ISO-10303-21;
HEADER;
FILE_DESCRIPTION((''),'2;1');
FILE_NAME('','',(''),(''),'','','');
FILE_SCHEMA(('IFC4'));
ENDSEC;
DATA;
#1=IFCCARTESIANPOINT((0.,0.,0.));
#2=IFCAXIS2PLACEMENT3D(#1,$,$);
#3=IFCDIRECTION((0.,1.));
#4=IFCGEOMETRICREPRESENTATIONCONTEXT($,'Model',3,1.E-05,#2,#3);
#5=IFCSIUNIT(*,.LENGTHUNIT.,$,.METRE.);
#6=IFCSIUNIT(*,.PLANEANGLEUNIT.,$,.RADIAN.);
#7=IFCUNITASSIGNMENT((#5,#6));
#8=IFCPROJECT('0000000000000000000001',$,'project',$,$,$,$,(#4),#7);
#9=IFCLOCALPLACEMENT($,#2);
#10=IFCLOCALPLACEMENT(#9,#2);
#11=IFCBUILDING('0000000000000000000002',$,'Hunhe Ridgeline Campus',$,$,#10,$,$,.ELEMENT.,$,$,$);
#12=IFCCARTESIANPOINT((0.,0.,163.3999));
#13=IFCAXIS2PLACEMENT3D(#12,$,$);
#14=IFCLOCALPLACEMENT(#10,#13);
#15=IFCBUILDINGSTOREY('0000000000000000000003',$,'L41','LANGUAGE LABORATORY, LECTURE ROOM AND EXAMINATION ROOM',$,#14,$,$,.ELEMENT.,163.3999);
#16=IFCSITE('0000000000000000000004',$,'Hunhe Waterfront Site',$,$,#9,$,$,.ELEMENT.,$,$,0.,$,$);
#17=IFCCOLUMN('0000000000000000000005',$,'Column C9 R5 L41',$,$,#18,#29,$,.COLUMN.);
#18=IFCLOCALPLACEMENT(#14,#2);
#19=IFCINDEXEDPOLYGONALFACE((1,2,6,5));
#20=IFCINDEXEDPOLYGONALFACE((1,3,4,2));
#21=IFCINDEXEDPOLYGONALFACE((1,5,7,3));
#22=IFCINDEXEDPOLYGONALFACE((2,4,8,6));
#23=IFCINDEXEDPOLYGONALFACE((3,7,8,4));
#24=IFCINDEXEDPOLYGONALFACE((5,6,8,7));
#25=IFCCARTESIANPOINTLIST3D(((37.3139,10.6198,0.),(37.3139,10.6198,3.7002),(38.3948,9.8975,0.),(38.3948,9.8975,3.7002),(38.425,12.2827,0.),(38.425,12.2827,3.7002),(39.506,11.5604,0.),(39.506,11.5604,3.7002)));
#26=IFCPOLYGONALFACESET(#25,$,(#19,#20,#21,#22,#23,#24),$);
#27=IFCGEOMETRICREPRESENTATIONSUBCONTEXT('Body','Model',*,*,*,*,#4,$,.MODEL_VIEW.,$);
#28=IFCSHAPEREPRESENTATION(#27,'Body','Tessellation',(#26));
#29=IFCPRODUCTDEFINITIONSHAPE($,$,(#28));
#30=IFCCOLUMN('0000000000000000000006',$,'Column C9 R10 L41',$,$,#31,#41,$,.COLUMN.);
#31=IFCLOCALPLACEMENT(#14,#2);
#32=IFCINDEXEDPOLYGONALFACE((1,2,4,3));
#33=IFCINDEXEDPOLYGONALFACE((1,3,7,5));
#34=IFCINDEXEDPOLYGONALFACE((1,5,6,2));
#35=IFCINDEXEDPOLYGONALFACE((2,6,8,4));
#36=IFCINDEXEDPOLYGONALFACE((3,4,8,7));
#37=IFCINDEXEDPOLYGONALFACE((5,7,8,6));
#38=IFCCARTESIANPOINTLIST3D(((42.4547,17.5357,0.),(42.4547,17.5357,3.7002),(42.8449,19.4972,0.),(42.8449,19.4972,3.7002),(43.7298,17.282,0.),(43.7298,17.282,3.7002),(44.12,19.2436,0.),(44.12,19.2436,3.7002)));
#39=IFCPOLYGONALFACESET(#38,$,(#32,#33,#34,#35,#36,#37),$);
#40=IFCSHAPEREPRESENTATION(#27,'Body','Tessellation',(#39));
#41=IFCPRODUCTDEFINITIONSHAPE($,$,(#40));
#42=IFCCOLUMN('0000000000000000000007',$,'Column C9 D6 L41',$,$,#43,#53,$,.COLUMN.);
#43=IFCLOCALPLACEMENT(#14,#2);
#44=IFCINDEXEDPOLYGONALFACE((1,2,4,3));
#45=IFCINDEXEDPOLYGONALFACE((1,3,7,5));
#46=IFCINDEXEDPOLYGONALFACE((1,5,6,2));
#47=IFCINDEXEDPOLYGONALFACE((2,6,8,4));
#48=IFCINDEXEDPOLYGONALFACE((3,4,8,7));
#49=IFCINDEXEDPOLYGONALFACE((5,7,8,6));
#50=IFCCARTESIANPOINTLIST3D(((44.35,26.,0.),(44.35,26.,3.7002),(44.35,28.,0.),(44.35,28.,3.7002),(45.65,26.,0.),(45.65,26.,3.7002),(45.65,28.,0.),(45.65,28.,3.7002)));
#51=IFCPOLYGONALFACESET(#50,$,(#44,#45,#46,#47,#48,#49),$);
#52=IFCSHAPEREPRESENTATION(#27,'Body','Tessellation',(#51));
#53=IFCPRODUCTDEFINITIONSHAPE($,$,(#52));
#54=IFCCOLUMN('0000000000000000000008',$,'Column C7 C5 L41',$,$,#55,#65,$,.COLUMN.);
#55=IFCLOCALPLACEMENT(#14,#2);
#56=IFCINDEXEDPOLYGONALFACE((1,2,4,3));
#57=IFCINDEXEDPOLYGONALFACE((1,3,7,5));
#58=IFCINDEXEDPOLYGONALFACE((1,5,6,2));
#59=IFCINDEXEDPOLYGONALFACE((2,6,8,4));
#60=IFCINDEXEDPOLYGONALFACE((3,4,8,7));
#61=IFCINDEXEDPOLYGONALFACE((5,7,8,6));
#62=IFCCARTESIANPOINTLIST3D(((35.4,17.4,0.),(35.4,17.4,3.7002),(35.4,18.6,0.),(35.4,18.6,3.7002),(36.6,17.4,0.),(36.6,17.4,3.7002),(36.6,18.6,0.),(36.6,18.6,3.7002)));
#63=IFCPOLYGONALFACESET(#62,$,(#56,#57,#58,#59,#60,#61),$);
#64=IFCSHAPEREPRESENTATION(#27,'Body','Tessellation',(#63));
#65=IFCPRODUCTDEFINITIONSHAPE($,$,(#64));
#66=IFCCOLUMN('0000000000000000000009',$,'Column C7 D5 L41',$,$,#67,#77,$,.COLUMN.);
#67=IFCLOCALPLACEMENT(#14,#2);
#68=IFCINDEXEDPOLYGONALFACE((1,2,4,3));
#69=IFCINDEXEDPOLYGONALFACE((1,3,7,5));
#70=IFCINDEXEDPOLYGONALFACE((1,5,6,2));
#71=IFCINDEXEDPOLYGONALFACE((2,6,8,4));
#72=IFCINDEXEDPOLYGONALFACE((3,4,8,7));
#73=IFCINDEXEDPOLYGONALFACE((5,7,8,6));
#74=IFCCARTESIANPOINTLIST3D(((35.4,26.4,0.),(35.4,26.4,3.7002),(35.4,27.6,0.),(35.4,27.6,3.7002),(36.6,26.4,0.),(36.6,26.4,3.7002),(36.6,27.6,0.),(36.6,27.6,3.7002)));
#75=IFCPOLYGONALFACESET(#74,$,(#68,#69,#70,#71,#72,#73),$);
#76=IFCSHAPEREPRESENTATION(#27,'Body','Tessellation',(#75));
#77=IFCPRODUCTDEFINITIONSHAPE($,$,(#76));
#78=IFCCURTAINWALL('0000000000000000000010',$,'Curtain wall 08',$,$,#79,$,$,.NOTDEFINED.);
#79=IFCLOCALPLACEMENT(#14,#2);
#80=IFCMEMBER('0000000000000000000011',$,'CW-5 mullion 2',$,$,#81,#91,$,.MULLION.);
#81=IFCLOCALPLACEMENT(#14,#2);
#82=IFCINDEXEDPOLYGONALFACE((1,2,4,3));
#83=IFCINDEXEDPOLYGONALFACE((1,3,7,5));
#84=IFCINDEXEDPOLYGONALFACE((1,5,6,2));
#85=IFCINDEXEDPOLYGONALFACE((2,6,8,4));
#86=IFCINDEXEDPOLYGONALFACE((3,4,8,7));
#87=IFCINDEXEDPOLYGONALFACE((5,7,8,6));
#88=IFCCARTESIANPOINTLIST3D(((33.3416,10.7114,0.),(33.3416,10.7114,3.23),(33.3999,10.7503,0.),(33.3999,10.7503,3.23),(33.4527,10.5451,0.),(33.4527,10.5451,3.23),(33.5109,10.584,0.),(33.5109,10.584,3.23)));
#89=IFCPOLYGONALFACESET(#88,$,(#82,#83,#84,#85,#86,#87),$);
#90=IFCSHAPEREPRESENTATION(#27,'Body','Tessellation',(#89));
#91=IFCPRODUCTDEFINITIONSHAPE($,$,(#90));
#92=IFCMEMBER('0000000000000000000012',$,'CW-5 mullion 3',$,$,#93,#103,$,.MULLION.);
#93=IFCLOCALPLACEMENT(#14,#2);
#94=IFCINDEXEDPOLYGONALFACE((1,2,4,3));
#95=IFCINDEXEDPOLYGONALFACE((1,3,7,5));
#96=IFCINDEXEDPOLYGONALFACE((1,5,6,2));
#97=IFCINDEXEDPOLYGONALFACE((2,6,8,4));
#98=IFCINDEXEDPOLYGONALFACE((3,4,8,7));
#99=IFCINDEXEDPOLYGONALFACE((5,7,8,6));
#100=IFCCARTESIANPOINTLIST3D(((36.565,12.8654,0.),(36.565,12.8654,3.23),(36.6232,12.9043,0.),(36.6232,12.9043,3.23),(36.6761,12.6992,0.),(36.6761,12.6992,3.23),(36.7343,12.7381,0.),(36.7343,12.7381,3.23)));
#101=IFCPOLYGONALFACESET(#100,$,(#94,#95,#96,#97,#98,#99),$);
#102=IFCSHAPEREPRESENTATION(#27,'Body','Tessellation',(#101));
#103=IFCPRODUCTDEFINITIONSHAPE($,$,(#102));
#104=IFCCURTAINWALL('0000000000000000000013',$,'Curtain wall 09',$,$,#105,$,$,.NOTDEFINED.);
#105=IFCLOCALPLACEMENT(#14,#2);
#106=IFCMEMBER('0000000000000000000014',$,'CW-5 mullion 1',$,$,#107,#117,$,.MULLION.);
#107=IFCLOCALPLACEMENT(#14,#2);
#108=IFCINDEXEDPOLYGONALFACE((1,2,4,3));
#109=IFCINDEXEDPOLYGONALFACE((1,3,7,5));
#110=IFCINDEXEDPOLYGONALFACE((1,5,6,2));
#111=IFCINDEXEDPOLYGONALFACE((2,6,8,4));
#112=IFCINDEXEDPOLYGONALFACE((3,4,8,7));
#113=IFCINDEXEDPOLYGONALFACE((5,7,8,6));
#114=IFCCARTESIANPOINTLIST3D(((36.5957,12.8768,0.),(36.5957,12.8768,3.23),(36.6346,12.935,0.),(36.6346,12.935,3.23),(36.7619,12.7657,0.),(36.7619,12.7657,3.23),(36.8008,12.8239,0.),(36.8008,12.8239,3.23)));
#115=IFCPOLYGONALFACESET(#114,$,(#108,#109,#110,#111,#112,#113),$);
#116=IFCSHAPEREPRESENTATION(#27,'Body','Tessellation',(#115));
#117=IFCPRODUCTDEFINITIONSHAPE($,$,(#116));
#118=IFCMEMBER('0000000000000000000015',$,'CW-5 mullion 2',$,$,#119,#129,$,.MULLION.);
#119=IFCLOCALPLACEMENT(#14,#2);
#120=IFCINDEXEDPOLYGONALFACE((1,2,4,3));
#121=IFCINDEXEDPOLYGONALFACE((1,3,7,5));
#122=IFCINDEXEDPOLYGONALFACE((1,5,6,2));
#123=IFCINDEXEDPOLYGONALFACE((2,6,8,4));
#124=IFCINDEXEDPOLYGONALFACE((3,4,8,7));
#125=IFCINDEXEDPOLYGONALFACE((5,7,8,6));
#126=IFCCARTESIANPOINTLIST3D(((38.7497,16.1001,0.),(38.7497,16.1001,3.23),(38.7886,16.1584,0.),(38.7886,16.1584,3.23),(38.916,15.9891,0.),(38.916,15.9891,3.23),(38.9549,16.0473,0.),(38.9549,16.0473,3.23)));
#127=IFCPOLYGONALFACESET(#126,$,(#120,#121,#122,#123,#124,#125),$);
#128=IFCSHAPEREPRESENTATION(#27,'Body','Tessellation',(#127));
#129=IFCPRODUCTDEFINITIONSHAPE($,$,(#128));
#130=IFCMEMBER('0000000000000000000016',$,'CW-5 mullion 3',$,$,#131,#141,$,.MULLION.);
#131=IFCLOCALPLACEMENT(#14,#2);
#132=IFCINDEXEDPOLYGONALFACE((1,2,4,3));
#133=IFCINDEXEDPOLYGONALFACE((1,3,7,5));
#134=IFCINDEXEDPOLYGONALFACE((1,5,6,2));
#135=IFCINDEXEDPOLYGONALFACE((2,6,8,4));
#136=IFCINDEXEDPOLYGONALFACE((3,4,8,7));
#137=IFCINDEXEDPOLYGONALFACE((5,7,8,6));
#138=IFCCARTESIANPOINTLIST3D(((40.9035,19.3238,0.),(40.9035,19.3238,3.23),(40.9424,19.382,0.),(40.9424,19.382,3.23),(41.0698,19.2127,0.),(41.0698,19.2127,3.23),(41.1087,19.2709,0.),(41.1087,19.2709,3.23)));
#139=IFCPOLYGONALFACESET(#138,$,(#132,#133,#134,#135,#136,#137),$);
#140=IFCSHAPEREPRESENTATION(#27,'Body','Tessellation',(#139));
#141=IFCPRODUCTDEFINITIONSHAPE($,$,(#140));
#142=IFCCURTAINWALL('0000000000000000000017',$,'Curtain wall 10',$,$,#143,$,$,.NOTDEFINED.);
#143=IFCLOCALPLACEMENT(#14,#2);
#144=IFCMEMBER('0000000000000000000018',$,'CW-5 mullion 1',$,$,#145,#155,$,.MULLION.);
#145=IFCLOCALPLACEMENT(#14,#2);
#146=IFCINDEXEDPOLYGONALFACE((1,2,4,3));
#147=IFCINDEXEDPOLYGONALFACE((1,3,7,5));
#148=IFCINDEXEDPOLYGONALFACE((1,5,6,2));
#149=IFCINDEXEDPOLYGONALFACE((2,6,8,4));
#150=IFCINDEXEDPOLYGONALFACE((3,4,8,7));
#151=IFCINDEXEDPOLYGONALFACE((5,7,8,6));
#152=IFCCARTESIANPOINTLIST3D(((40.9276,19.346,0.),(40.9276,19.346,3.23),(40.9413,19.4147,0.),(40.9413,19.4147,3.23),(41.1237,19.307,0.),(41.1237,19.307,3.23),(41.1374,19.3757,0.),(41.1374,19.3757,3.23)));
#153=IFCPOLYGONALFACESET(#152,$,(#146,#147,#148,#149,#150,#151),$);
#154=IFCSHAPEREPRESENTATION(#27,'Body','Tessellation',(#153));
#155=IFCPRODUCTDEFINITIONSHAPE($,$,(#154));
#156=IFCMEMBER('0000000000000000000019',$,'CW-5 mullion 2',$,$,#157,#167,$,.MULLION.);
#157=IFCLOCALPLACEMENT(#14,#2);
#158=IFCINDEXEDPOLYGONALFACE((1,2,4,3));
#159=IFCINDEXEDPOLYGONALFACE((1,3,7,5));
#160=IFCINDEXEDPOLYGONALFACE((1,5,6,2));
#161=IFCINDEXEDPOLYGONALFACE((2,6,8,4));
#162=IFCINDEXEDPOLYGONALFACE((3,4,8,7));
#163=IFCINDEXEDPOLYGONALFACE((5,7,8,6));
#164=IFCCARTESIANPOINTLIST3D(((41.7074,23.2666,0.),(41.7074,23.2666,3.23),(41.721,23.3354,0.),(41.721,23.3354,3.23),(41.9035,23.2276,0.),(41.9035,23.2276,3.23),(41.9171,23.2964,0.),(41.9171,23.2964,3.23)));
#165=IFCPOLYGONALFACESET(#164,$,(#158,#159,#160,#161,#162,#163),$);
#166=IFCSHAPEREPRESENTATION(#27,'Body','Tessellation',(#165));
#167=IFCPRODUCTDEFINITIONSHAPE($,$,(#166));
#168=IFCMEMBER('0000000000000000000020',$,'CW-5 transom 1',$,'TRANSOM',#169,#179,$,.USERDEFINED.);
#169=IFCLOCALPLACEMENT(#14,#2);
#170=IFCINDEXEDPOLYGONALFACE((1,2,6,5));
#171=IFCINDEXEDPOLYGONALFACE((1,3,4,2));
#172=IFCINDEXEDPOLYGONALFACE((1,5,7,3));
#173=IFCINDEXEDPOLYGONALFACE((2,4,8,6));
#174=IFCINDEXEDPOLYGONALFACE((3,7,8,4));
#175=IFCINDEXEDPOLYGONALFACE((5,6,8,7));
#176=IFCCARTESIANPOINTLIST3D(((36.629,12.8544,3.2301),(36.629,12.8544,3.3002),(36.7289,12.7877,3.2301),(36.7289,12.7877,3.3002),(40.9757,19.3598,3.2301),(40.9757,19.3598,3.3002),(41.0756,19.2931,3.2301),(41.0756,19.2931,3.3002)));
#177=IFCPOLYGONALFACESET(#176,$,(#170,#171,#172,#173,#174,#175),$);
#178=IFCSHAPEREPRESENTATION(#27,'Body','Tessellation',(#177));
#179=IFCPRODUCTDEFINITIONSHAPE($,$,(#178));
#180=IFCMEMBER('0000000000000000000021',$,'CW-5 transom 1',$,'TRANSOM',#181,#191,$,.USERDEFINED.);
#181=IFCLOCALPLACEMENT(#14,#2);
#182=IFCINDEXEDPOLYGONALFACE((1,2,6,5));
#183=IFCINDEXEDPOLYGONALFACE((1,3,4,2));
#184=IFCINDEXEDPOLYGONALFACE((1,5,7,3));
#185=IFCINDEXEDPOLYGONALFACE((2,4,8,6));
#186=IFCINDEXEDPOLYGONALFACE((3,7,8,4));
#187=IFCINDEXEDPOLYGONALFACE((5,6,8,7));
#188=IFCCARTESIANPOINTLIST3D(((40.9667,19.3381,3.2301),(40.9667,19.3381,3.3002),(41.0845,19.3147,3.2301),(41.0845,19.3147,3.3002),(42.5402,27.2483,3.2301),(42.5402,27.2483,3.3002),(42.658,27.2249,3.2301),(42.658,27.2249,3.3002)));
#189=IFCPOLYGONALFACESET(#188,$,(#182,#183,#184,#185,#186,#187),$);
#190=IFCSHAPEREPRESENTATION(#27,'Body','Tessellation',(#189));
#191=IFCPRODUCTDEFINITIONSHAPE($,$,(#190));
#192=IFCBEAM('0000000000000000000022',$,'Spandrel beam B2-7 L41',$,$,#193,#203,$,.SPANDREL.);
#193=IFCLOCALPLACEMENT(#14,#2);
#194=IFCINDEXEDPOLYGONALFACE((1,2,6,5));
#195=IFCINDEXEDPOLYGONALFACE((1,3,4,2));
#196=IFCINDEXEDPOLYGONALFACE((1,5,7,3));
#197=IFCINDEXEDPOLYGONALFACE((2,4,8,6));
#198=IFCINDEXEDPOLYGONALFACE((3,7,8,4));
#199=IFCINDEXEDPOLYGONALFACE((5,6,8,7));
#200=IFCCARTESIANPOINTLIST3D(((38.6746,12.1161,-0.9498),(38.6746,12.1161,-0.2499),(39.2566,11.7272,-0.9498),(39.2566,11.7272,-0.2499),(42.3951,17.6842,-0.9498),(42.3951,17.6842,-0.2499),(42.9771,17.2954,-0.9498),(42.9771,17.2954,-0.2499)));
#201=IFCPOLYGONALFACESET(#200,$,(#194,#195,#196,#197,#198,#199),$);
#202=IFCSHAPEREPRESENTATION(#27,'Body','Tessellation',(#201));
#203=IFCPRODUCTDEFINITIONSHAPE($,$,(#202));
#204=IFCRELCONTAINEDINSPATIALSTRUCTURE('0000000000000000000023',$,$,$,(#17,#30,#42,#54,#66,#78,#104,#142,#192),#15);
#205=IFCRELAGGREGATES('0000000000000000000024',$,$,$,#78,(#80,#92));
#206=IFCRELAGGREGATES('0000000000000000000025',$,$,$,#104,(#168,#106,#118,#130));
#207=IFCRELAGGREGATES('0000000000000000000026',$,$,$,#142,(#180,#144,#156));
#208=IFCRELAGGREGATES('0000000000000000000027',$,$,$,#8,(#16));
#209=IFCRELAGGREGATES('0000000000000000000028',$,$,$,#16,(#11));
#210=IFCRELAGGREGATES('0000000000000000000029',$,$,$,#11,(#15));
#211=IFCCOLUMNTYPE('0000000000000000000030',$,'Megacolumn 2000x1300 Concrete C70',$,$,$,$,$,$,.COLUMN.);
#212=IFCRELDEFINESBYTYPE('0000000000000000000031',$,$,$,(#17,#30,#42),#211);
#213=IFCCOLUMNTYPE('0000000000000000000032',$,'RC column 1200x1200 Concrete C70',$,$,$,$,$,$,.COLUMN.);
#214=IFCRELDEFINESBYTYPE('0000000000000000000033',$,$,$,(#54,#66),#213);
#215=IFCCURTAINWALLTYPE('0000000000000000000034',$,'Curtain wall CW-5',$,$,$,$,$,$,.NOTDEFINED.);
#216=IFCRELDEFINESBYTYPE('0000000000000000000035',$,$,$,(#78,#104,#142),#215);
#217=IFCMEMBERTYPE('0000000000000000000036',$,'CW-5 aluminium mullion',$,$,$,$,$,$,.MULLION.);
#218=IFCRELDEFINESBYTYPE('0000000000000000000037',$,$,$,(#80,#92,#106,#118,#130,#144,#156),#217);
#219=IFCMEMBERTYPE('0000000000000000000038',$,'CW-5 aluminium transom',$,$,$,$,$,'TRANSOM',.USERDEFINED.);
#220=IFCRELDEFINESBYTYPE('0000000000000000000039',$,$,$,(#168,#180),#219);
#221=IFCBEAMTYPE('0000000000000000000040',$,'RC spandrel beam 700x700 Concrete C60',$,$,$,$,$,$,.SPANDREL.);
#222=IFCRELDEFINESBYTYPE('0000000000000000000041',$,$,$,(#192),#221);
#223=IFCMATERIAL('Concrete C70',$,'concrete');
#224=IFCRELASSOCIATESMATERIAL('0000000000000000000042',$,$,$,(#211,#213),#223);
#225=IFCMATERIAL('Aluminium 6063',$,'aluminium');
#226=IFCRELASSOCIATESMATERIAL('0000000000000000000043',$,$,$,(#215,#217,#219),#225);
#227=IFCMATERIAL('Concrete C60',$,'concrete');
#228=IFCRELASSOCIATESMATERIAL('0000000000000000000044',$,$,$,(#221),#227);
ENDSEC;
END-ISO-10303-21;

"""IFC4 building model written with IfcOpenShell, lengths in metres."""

from ifc_helpers import new_model, si_unit, direction, frame, origin, origin_2d, place, context, subcontext, project, spatial, rectangle, extrude, material, material_profile, profile_set, type_object, element, aggregate, save


model = new_model("IFC4")

# Units and contexts
model_context = context("Model", 3, precision=1e-05, world=origin(), true_north=direction((0.0, 1.0)))
body_context = subcontext(model_context, "Body", "Model", "MODEL_VIEW")
ifc_project = project(units=[si_unit("LENGTHUNIT", "METRE"), si_unit("PLANEANGLEUNIT", "RADIAN")], contexts=[model_context])

# Site, building, storey
site_placement = place(None, origin())
site = spatial("IfcSite", under=ifc_project, at=site_placement, Name="Hunhe Waterfront Site", CompositionType="ELEMENT", RefElevation=0.0)
building_placement = place(site_placement, origin())
building = spatial("IfcBuilding", under=site, at=building_placement, Name="Hunhe Ridgeline Campus", CompositionType="ELEMENT")
storey_placement = place(building_placement, frame((0.0, 0.0, 163.3999)))
storey = spatial("IfcBuildingStorey", under=building, at=storey_placement, Name="L41", Description="LANGUAGE LABORATORY, LECTURE ROOM AND EXAMINATION ROOM", CompositionType="ELEMENT", Elevation=163.3999)

# Columns
ifc_material_1 = material(Name="Concrete C70", Category="concrete")
ifc_material_profile_1 = material_profile(ifc_material_1, rectangle(XDim=2.0, YDim=1.3, at=origin_2d()))
ifc_profile_set_1 = profile_set([ifc_material_profile_1], Name="Concrete C70")
column_type_1 = type_object("IfcColumnType", Name="Megacolumn 2000x1300 Concrete C70", PredefinedType="COLUMN", material=ifc_profile_set_1)
for number, where, z_axis, x_axis, name in (
    (1, (38.4099, 11.0901, 0.0), (0.0, 0.0, 1.0), (0.55557, 0.83147, 0.0), "Column C9 R5 L41"),
    (2, (43.2874, 18.3896, 0.0), (0.0, 0.0, 1.0), (0.19509, 0.980785, 0.0), "Column C9 R10 L41"),
    (3, (45.0, 27.0, 0.0), (0.0, 0.0, 1.0), (0.0, 1.0, 0.0), "Column C9 D6 L41"),
):
    element("IfcColumn", number, at=place(storey_placement, frame(where, z_axis=z_axis, x_axis=x_axis)), inside=storey, type_object=column_type_1, Name=name, PredefinedType="COLUMN", context=body_context, shape_type="SweptSolid", body=[
        extrude(rectangle(XDim=2.0, YDim=1.3, at=origin_2d()), origin(), (0.0, 0.0, 1.0), 3.7002),
    ])
ifc_material_profile_2 = material_profile(ifc_material_1, rectangle(XDim=1.2, YDim=1.2, at=origin_2d()))
ifc_profile_set_2 = profile_set([ifc_material_profile_2], Name="Concrete C70")
column_type_2 = type_object("IfcColumnType", Name="RC column 1200x1200 Concrete C70", PredefinedType="COLUMN", material=ifc_profile_set_2)
for number, where, z_axis, x_axis, name in (
    (4, (36.0, 18.0, 0.0), (0.0, 0.0, 1.0), (1.0, 0.0, 0.0), "Column C7 C5 L41"),
    (5, (36.0, 27.0, 0.0), (0.0, 0.0, 1.0), (1.0, 0.0, 0.0), "Column C7 D5 L41"),
):
    element("IfcColumn", number, at=place(storey_placement, frame(where, z_axis=z_axis, x_axis=x_axis)), inside=storey, type_object=column_type_2, Name=name, PredefinedType="COLUMN", context=body_context, shape_type="SweptSolid", body=[
        extrude(rectangle(XDim=1.2, YDim=1.2, at=origin_2d()), origin(), (0.0, 0.0, 1.0), 3.7002),
    ])

# Curtain walls, members
ifc_material_2 = material(Name="Aluminium 6063", Category="aluminium")
curtain_wall_type = type_object("IfcCurtainWallType", Name="Curtain wall CW-5", PredefinedType="NOTDEFINED", material=ifc_material_2)
curtain_wall_1_placement = place(storey_placement, origin())
curtain_wall_1 = element("IfcCurtainWall", 6, at=curtain_wall_1_placement, inside=storey, type_object=curtain_wall_type, Name="Curtain wall 08", PredefinedType="NOTDEFINED")
ifc_material_profile_3 = material_profile(ifc_material_2, rectangle(XDim=0.2, YDim=0.0701, at=origin_2d()))
ifc_profile_set_3 = profile_set([ifc_material_profile_3], Name="Aluminium 6063")
member_type_1 = type_object("IfcMemberType", Name="CW-5 aluminium mullion", PredefinedType="MULLION", material=ifc_profile_set_3)
member_1_placement = place(storey_placement, frame((33.4263, 10.6477, 0.0), z_axis=(0.0, 0.0, 1.0), x_axis=(-0.55557, 0.83147, 0.0)))
member_1 = element("IfcMember", 7, at=member_1_placement, type_object=member_type_1, Name="CW-5 mullion 2", PredefinedType="MULLION", context=body_context, shape_type="SweptSolid", body=[
    extrude(rectangle(XDim=0.2, YDim=0.0701, at=origin_2d()), origin(), (0.0, 0.0, 1.0), 3.23),
])
member_2_placement = place(storey_placement, frame((36.6497, 12.8018, 0.0), z_axis=(0.0, 0.0, 1.0), x_axis=(-0.55557, 0.83147, 0.0)))
member_2 = element("IfcMember", 8, at=member_2_placement, type_object=member_type_1, Name="CW-5 mullion 3", PredefinedType="MULLION", context=body_context, shape_type="SweptSolid", body=[
    extrude(rectangle(XDim=0.2, YDim=0.0701, at=origin_2d()), origin(), (0.0, 0.0, 1.0), 3.23),
])
curtain_wall_2_placement = place(storey_placement, origin())
curtain_wall_2 = element("IfcCurtainWall", 9, at=curtain_wall_2_placement, inside=storey, type_object=curtain_wall_type, Name="Curtain wall 09", PredefinedType="NOTDEFINED")
member_3_placement = place(storey_placement, frame((36.6982, 12.8503, 0.0), z_axis=(0.0, 0.0, 1.0), x_axis=(-0.83147, 0.55557, 0.0)))
member_3 = element("IfcMember", 10, at=member_3_placement, type_object=member_type_1, Name="CW-5 mullion 1", PredefinedType="MULLION", context=body_context, shape_type="SweptSolid", body=[
    extrude(rectangle(XDim=0.2, YDim=0.0701, at=origin_2d()), origin(), (0.0, 0.0, 1.0), 3.23),
])
member_4_placement = place(storey_placement, frame((38.8523, 16.0737, 0.0), z_axis=(0.0, 0.0, 1.0), x_axis=(-0.83147, 0.55557, 0.0)))
member_4 = element("IfcMember", 11, at=member_4_placement, type_object=member_type_1, Name="CW-5 mullion 2", PredefinedType="MULLION", context=body_context, shape_type="SweptSolid", body=[
    extrude(rectangle(XDim=0.2, YDim=0.0701, at=origin_2d()), origin(), (0.0, 0.0, 1.0), 3.23),
])
member_5_placement = place(storey_placement, frame((41.0061, 19.2974, 0.0), z_axis=(0.0, 0.0, 1.0), x_axis=(-0.83147, 0.55557, 0.0)))
member_5 = element("IfcMember", 12, at=member_5_placement, type_object=member_type_1, Name="CW-5 mullion 3", PredefinedType="MULLION", context=body_context, shape_type="SweptSolid", body=[
    extrude(rectangle(XDim=0.2, YDim=0.0701, at=origin_2d()), origin(), (0.0, 0.0, 1.0), 3.23),
])
curtain_wall_3_placement = place(storey_placement, origin())
curtain_wall_3 = element("IfcCurtainWall", 13, at=curtain_wall_3_placement, inside=storey, type_object=curtain_wall_type, Name="Curtain wall 10", PredefinedType="NOTDEFINED")
member_6_placement = place(storey_placement, frame((41.0325, 19.3608, 0.0), z_axis=(0.0, 0.0, 1.0), x_axis=(-0.980785, 0.19509, 0.0)))
member_6 = element("IfcMember", 14, at=member_6_placement, type_object=member_type_1, Name="CW-5 mullion 1", PredefinedType="MULLION", context=body_context, shape_type="SweptSolid", body=[
    extrude(rectangle(XDim=0.2, YDim=0.0701, at=origin_2d()), origin(), (0.0, 0.0, 1.0), 3.23),
])
member_7_placement = place(storey_placement, frame((41.8123, 23.2815, 0.0), z_axis=(0.0, 0.0, 1.0), x_axis=(-0.980785, 0.19509, 0.0)))
member_7 = element("IfcMember", 15, at=member_7_placement, type_object=member_type_1, Name="CW-5 mullion 2", PredefinedType="MULLION", context=body_context, shape_type="SweptSolid", body=[
    extrude(rectangle(XDim=0.2, YDim=0.0701, at=origin_2d()), origin(), (0.0, 0.0, 1.0), 3.23),
])

# Members
ifc_material_profile_4 = material_profile(ifc_material_2, rectangle(XDim=0.1201, YDim=0.0701, at=origin_2d()))
ifc_profile_set_4 = profile_set([ifc_material_profile_4], Name="Aluminium 6063")
member_type_2 = type_object("IfcMemberType", Name="CW-5 aluminium transom", ElementType="TRANSOM", PredefinedType="USERDEFINED", material=ifc_profile_set_4)
member_8_placement = place(storey_placement, frame((36.679, 12.821, 3.2651), z_axis=(0.555564, 0.831474, 0.0), x_axis=(-0.831474, 0.555564, 0.0)))
member_8 = element("IfcMember", 16, at=member_8_placement, type_object=member_type_2, Name="CW-5 transom 1", ObjectType="TRANSOM", PredefinedType="USERDEFINED", context=body_context, shape_type="SweptSolid", body=[
    extrude(rectangle(XDim=0.1201, YDim=0.0701, at=origin_2d()), origin(), (0.0, 0.0, 1.0), 7.824),
])
member_9_placement = place(storey_placement, frame((41.0256, 19.3264, 3.2651), z_axis=(0.195097, 0.980784, 0.0), x_axis=(-0.980784, 0.195097, 0.0)))
member_9 = element("IfcMember", 17, at=member_9_placement, type_object=member_type_2, Name="CW-5 transom 1", ObjectType="TRANSOM", PredefinedType="USERDEFINED", context=body_context, shape_type="SweptSolid", body=[
    extrude(rectangle(XDim=0.1201, YDim=0.0701, at=origin_2d()), origin(), (0.0, 0.0, 1.0), 8.0652),
])

# Beam
ifc_material_3 = material(Name="Concrete C60", Category="concrete")
ifc_material_profile_5 = material_profile(ifc_material_3, rectangle(XDim=0.7, YDim=0.7, at=origin_2d()))
ifc_profile_set_5 = profile_set([ifc_material_profile_5], Name="Concrete C60")
beam_type = type_object("IfcBeamType", Name="RC spandrel beam 700x700 Concrete C60", PredefinedType="SPANDREL", material=ifc_profile_set_5)
beam_1_placement = place(storey_placement, frame((38.9656, 11.9216, -0.5999), z_axis=(0.555566, 0.831472, 0.0), x_axis=(-0.831472, 0.555566, 0.0)))
element("IfcBeam", 18, at=beam_1_placement, inside=storey, type_object=beam_type, Name="Spandrel beam B2-7 L41", PredefinedType="SPANDREL", context=body_context, shape_type="SweptSolid", body=[
    extrude(rectangle(XDim=0.7, YDim=0.7, at=origin_2d()), origin(), (0.0, 0.0, 1.0), 6.6968),
])

aggregate(curtain_wall_1, [member_1, member_2])
aggregate(curtain_wall_2, [member_8, member_3, member_4, member_5])
aggregate(curtain_wall_3, [member_9, member_6, member_7])

save(model, "model.ifc")
